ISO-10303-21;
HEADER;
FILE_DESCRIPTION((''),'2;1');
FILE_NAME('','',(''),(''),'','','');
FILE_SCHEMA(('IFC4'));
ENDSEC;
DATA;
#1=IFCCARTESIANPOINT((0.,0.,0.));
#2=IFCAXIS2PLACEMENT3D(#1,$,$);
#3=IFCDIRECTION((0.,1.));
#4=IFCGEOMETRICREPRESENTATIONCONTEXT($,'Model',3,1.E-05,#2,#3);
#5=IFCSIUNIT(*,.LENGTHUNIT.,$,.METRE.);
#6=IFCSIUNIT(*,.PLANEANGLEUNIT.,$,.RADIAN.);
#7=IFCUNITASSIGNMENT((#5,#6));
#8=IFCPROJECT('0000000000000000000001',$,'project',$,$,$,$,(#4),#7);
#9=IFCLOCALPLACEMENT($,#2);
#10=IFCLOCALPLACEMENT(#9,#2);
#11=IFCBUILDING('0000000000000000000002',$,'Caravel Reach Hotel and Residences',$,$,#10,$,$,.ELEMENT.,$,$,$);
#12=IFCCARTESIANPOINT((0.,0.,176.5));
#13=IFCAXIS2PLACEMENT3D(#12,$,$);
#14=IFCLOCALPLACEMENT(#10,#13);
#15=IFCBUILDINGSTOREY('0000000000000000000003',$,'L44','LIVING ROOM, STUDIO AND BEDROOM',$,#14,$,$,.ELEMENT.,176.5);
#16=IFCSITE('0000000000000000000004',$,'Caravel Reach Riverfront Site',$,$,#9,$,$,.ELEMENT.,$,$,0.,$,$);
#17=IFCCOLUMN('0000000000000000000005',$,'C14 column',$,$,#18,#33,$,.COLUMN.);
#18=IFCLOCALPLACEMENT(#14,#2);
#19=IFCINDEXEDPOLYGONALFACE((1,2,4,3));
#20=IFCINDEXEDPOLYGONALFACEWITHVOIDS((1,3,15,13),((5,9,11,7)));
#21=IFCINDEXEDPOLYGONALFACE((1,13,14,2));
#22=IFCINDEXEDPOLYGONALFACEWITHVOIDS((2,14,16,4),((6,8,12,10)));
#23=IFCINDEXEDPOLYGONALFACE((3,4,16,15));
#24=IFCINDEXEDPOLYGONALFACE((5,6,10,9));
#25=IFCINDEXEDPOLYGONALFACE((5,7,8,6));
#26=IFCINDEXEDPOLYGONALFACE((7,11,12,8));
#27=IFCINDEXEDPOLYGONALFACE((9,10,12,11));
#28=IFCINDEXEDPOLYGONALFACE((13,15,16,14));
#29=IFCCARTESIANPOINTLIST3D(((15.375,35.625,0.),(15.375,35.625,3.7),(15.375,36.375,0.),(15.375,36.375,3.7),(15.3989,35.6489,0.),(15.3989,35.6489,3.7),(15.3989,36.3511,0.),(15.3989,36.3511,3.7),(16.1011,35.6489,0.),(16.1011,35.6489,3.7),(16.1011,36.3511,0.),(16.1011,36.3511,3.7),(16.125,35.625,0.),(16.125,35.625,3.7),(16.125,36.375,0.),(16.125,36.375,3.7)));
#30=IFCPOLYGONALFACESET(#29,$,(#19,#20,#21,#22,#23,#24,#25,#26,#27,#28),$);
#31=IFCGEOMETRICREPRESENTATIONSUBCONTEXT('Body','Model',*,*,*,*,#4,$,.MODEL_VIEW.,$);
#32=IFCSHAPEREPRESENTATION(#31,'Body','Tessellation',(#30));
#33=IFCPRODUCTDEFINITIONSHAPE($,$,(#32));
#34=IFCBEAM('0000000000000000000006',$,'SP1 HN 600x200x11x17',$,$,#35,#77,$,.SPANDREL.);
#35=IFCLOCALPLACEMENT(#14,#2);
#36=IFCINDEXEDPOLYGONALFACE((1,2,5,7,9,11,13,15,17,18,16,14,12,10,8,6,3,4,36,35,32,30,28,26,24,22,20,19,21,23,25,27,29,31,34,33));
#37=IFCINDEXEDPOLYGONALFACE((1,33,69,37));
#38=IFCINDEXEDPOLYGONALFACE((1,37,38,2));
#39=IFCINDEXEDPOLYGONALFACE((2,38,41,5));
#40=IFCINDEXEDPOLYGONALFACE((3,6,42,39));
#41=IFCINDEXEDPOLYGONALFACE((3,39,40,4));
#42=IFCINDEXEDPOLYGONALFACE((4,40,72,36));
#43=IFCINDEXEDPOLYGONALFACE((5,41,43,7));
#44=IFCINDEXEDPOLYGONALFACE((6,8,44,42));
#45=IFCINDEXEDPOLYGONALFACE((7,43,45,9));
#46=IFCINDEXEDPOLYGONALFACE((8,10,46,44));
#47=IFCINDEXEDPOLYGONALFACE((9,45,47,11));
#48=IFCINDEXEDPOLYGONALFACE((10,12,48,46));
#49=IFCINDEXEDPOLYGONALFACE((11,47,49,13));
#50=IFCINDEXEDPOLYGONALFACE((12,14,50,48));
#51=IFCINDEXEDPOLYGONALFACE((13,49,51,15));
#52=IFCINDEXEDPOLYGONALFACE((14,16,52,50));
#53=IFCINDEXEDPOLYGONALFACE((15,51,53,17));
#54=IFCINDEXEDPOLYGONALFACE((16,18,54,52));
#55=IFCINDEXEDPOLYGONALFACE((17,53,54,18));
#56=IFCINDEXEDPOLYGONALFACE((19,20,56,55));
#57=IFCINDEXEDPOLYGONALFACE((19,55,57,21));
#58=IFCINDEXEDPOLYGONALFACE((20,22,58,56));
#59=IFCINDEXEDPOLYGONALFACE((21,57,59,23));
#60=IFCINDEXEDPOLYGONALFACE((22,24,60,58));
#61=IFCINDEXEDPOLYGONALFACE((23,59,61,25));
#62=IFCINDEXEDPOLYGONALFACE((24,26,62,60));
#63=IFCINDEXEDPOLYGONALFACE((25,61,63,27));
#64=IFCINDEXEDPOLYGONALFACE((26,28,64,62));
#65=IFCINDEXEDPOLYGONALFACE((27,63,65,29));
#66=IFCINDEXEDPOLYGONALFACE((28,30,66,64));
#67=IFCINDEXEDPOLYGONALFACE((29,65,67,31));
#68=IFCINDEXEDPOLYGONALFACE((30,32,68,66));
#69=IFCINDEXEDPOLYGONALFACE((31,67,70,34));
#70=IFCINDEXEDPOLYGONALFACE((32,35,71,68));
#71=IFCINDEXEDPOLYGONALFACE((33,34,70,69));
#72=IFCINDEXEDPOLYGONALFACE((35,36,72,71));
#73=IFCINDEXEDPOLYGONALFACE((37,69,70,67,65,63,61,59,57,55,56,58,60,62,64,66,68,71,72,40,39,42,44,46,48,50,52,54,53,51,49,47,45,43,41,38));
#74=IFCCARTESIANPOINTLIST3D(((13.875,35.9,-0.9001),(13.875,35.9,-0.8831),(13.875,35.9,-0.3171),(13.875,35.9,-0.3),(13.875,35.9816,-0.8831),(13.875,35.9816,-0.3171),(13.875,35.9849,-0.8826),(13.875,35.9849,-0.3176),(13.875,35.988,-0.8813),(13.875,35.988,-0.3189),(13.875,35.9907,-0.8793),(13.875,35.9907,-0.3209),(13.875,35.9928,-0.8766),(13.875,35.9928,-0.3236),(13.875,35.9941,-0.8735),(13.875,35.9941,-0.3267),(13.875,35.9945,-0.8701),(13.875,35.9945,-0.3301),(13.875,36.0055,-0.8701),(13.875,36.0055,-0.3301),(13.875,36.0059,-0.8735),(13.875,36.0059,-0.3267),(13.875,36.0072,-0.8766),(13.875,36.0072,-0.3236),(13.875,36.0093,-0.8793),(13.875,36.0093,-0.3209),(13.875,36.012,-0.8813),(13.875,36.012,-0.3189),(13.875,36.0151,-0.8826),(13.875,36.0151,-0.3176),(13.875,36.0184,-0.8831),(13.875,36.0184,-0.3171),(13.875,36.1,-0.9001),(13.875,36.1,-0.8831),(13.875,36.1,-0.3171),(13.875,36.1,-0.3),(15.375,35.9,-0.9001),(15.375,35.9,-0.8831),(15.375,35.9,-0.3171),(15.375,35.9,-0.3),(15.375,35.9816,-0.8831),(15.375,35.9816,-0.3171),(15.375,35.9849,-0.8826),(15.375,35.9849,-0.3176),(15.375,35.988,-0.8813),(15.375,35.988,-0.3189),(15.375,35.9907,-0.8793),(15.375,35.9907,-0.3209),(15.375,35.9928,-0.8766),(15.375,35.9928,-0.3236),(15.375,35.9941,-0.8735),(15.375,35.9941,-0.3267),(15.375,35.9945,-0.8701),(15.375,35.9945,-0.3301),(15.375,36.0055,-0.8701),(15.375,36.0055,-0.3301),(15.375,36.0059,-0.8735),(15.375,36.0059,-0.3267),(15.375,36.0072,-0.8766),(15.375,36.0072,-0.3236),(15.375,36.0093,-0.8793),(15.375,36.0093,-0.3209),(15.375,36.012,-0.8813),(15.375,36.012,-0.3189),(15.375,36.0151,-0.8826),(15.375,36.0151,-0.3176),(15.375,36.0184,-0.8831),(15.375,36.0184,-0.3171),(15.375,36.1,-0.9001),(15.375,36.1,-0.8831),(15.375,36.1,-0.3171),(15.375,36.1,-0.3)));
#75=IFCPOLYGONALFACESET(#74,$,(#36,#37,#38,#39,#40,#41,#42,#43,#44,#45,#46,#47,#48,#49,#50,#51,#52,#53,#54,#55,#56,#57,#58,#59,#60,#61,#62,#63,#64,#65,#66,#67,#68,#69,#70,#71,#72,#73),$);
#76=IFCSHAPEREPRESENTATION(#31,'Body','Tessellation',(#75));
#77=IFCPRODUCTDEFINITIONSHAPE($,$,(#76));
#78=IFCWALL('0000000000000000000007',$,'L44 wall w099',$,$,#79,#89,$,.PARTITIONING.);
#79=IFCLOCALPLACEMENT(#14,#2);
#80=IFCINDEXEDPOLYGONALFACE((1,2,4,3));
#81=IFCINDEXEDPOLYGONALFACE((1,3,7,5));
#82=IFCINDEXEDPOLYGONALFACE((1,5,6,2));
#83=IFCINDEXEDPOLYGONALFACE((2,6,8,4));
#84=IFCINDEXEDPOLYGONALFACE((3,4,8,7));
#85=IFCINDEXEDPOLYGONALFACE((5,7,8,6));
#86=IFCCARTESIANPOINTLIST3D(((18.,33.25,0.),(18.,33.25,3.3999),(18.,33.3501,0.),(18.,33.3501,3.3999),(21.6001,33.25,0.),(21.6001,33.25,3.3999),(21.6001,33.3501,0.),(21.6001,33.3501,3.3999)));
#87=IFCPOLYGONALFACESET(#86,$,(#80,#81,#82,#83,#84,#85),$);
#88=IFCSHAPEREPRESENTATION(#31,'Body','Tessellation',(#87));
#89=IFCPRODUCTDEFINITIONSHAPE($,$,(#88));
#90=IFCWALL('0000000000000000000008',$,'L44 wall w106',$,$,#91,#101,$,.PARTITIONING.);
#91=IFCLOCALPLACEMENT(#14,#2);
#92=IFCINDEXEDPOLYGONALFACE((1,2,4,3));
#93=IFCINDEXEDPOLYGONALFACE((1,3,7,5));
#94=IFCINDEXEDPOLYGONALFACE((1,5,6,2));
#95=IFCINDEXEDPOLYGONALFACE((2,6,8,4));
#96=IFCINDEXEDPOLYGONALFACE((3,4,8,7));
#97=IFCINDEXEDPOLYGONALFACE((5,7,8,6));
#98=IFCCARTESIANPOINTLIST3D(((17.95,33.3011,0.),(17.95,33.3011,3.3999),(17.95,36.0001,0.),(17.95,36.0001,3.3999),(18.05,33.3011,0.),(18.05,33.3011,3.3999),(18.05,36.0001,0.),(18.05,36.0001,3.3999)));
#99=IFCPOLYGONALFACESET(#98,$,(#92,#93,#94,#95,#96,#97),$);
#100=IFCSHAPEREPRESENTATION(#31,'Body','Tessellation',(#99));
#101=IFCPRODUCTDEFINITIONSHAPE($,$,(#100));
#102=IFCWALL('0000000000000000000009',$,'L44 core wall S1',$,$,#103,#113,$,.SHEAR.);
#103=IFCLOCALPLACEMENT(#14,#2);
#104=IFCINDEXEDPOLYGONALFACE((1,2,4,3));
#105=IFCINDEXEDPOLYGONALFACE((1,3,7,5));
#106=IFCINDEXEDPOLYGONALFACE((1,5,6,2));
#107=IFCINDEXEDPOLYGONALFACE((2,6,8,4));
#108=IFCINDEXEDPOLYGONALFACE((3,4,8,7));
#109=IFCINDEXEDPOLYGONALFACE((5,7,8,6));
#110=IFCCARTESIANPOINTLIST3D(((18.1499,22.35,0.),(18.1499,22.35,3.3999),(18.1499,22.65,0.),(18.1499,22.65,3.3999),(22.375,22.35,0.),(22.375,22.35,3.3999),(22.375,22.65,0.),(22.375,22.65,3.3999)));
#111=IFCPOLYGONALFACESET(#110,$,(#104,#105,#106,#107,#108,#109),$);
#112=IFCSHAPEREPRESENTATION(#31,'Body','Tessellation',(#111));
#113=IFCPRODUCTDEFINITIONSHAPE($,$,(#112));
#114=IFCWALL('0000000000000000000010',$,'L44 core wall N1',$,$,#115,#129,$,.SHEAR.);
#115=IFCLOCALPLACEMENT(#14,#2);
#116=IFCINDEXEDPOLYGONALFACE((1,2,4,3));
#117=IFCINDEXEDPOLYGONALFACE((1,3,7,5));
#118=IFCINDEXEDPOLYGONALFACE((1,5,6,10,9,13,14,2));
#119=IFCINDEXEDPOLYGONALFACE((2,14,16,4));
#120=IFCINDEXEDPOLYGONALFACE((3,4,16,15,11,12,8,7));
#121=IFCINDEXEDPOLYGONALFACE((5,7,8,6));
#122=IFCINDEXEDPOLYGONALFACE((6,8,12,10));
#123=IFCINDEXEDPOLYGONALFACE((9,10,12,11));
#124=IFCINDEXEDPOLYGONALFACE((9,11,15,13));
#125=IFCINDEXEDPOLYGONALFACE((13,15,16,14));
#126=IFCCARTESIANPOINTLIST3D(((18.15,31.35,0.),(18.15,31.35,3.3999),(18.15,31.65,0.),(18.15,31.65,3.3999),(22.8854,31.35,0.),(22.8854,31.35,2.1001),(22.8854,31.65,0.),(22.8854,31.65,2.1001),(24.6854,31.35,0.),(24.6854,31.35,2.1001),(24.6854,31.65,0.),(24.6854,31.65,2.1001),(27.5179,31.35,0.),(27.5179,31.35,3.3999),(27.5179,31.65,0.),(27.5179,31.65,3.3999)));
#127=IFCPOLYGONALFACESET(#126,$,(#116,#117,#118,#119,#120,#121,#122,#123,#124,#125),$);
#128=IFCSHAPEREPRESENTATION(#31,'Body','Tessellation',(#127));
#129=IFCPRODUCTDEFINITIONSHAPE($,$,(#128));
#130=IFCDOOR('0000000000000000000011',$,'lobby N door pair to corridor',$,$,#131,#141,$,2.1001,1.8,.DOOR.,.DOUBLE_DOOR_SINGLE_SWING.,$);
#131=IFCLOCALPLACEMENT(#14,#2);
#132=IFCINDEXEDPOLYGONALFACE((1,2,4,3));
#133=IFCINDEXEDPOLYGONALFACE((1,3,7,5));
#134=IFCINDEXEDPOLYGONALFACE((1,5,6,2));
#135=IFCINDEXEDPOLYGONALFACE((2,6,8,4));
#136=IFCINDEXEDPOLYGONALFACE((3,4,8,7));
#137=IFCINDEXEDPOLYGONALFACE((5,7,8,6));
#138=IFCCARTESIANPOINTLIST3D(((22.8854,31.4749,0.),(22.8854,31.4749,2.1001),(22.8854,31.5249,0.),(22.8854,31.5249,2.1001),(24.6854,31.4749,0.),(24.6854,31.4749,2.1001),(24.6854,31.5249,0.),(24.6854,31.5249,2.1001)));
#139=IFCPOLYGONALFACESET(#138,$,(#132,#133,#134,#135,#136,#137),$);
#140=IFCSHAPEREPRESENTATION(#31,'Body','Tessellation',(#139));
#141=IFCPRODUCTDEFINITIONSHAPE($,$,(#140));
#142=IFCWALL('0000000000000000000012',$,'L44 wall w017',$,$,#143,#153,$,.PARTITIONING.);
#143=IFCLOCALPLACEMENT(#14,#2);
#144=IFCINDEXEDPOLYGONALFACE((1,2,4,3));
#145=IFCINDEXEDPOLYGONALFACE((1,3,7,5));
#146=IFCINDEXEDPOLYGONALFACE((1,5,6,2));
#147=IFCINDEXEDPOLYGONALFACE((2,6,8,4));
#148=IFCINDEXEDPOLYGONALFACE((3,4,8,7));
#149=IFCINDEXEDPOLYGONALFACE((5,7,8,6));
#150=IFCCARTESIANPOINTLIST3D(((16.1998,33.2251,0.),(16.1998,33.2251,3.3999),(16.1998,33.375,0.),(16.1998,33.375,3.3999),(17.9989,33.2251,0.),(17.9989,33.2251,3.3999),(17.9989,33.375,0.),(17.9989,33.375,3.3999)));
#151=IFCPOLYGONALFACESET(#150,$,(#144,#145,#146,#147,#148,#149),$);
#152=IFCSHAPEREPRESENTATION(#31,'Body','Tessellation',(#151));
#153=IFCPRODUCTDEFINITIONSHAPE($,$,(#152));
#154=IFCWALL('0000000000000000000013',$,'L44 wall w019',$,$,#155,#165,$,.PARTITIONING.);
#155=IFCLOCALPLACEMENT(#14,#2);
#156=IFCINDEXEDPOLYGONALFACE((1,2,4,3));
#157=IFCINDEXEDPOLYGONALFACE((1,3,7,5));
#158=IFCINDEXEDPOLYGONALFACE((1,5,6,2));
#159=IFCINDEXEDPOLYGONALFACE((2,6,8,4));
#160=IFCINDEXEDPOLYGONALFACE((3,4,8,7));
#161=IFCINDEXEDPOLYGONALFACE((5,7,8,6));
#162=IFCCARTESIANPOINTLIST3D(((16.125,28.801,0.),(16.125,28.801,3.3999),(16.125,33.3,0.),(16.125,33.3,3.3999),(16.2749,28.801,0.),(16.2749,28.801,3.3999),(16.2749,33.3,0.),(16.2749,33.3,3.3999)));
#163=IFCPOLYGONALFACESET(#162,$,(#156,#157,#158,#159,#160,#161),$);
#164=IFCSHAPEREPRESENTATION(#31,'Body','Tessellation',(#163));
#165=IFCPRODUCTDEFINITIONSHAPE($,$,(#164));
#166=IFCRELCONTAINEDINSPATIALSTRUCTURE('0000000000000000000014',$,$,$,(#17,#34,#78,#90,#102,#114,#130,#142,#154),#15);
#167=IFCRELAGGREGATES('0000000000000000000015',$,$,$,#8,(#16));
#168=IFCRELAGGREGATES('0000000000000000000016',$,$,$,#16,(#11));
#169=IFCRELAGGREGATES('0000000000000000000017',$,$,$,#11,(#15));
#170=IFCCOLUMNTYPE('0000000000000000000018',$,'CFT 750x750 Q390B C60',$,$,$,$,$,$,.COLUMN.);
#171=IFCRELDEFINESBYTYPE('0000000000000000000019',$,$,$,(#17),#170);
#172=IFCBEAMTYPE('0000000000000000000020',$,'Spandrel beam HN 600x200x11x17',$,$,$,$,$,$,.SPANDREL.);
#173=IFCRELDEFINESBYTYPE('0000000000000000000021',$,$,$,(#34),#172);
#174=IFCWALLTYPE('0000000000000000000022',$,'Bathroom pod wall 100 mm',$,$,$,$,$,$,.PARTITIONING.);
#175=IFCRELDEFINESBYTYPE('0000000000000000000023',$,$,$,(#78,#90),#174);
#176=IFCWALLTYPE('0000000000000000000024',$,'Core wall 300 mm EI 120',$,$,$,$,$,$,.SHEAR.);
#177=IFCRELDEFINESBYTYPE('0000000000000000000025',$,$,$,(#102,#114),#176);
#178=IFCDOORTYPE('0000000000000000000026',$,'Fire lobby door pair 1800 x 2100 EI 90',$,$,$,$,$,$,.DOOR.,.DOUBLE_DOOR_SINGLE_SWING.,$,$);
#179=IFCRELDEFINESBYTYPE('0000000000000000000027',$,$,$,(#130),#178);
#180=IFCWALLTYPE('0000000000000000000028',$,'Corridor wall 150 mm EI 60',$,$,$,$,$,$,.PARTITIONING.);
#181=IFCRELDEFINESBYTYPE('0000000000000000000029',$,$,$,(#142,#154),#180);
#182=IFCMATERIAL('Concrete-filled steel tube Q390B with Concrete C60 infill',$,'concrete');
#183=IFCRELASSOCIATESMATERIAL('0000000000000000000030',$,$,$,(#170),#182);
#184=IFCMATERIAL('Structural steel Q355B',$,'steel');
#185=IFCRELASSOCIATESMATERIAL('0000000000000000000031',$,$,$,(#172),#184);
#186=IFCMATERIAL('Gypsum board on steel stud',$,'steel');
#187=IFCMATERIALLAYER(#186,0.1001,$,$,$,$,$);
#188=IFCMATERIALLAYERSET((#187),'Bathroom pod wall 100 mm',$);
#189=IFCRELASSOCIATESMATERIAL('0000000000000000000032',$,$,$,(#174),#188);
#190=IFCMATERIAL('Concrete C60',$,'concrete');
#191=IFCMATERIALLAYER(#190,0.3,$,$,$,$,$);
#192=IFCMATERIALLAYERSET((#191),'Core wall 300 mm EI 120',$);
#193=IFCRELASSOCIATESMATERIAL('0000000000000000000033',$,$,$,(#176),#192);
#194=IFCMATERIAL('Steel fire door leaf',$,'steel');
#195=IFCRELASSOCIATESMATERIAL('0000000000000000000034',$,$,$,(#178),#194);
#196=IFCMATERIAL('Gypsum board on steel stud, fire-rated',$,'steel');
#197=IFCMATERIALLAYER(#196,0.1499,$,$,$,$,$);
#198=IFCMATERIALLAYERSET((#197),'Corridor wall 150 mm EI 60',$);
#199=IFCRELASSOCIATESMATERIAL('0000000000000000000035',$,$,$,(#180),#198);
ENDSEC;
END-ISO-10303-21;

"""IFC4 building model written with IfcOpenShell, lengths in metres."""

from ifc_helpers import new_model, si_unit, direction, frame, frame_2d, origin, origin_2d, place, context, subcontext, project, spatial, rectangle, hollow_rectangle, i_section, extrude, material, layer, layer_set, material_profile, profile_set, type_object, element, fill, save


model = new_model("IFC4")

# Units and contexts
model_context = context("Model", 3, precision=1e-05, world=origin(), true_north=direction((0.0, 1.0)))
body_context = subcontext(model_context, "Body", "Model", "MODEL_VIEW")
ifc_project = project(units=[si_unit("LENGTHUNIT", "METRE"), si_unit("PLANEANGLEUNIT", "RADIAN")], contexts=[model_context])

# Site, building, storey
site_placement = place(None, origin())
site = spatial("IfcSite", under=ifc_project, at=site_placement, Name="Caravel Reach Riverfront Site", CompositionType="ELEMENT", RefElevation=0.0)
building_placement = place(site_placement, origin())
building = spatial("IfcBuilding", under=site, at=building_placement, Name="Caravel Reach Hotel and Residences", CompositionType="ELEMENT")
storey_placement = place(building_placement, frame((0.0, 0.0, 176.5)))
storey = spatial("IfcBuildingStorey", under=building, at=storey_placement, Name="L44", Description="LIVING ROOM, STUDIO AND BEDROOM", CompositionType="ELEMENT", Elevation=176.5)

# Column
ifc_material_1 = material(Name="Concrete-filled steel tube Q390B with Concrete C60 infill", Category="concrete")
ifc_material_profile_1 = material_profile(ifc_material_1, hollow_rectangle(XDim=0.75, YDim=0.75, WallThickness=0.0239, at=origin_2d()), Name="RHS 750x750x24")
ifc_profile_set_1 = profile_set([ifc_material_profile_1], Name="Concrete-filled steel tube Q390B with Concrete C60 infill")
column_type = type_object("IfcColumnType", Name="CFT 750x750 Q390B C60", PredefinedType="COLUMN", material=ifc_profile_set_1)
column_placement = place(storey_placement, frame((15.75, 36.0, 0.0), z_axis=(0.0, 0.0, 1.0), x_axis=(1.0, 0.0, 0.0)))
element("IfcColumn", 1, at=column_placement, inside=storey, type_object=column_type, Name="C14 column", PredefinedType="COLUMN", context=body_context, shape_type="SweptSolid", body=[
    extrude(hollow_rectangle(XDim=0.75, YDim=0.75, WallThickness=0.0239, at=origin_2d()), origin(), (0.0, 0.0, 1.0), 3.7),
])

# Beam
ifc_material_2 = material(Name="Structural steel Q355B", Category="steel")
ifc_material_profile_2 = material_profile(ifc_material_2, i_section(OverallWidth=0.2, OverallDepth=0.6001, WebThickness=0.011, FlangeThickness=0.0171, FilletRadius=0.0129, at=origin_2d()), Name="HN 600x200x11x17")
ifc_profile_set_2 = profile_set([ifc_material_profile_2], Name="Structural steel Q355B")
beam_type = type_object("IfcBeamType", Name="Spandrel beam HN 600x200x11x17", PredefinedType="SPANDREL", material=ifc_profile_set_2)
beam_placement = place(storey_placement, frame((15.375, 36.0, -0.6001), z_axis=(-1.0, 0.0, 0.0), x_axis=(0.0, -1.0, 0.0)))
element("IfcBeam", 2, at=beam_placement, inside=storey, type_object=beam_type, Name="SP1 HN 600x200x11x17", PredefinedType="SPANDREL", context=body_context, shape_type="SweptSolid", body=[
    extrude(i_section(OverallWidth=0.2, OverallDepth=0.6001, WebThickness=0.011, FlangeThickness=0.0171, FilletRadius=0.0129, at=origin_2d()), origin(), (0.0, 0.0, 1.0), 1.5),
])

# Walls
ifc_material_3 = material(Name="Gypsum board on steel stud", Category="steel")
ifc_layer_1 = layer(ifc_material_3, 0.1001)
ifc_layer_set_1 = layer_set([ifc_layer_1], Name="Bathroom pod wall 100 mm")
wall_type_1 = type_object("IfcWallType", Name="Bathroom pod wall 100 mm", PredefinedType="PARTITIONING", material=ifc_layer_set_1)
wall_1_placement = place(storey_placement, frame((18.0, 33.3, 0.0), z_axis=(0.0, 0.0, 1.0), x_axis=(1.0, 0.0, 0.0)))
element("IfcWall", 3, at=wall_1_placement, inside=storey, type_object=wall_type_1, Name="L44 wall w099", PredefinedType="PARTITIONING", context=body_context, shape_type="SweptSolid", body=[
    extrude(rectangle(XDim=3.6001, YDim=0.1001, at=frame_2d((1.8, 0.0))), origin(), (0.0, 0.0, 1.0), 3.3999),
])
wall_2_placement = place(storey_placement, frame((18.0, 33.301, 0.0), z_axis=(0.0, 0.0, 1.0), x_axis=(0.0, 1.0, 0.0)))
element("IfcWall", 4, at=wall_2_placement, inside=storey, type_object=wall_type_1, Name="L44 wall w106", PredefinedType="PARTITIONING", context=body_context, shape_type="SweptSolid", body=[
    extrude(rectangle(XDim=2.699, YDim=0.1001, at=frame_2d((1.3496, 0.0))), origin(), (0.0, 0.0, 1.0), 3.3999),
])
ifc_material_4 = material(Name="Concrete C60", Category="concrete")
ifc_layer_2 = layer(ifc_material_4, 0.3)
ifc_layer_set_2 = layer_set([ifc_layer_2], Name="Core wall 300 mm EI 120")
wall_type_2 = type_object("IfcWallType", Name="Core wall 300 mm EI 120", PredefinedType="SHEAR", material=ifc_layer_set_2)
wall_3_placement = place(storey_placement, frame((18.1499, 22.5, 0.0), z_axis=(0.0, 0.0, 1.0), x_axis=(1.0, 0.0, 0.0)))
element("IfcWall", 5, at=wall_3_placement, inside=storey, type_object=wall_type_2, Name="L44 core wall S1", PredefinedType="SHEAR", context=body_context, shape_type="SweptSolid", body=[
    extrude(rectangle(XDim=4.2251, YDim=0.3, at=frame_2d((2.1125, 0.0))), origin(), (0.0, 0.0, 1.0), 3.3999),
])

# Wall, opening, door
wall_4_placement = place(storey_placement, frame((18.1499, 31.5, 0.0), z_axis=(0.0, 0.0, 1.0), x_axis=(1.0, 0.0, 0.0)))
wall_4 = element("IfcWall", 6, at=wall_4_placement, inside=storey, type_object=wall_type_2, Name="L44 core wall N1", PredefinedType="SHEAR", context=body_context, shape_type="SweptSolid", body=[
    extrude(rectangle(XDim=9.3679, YDim=0.3, at=frame_2d((4.6841, 0.0))), origin(), (0.0, 0.0, 1.0), 3.3999),
])
opening_placement = place(wall_4_placement, frame((4.7356, 0.0, 0.0)))
opening = element("IfcOpeningElement", 7, at=opening_placement, cuts=wall_4, PredefinedType="OPENING", context=body_context, shape_type="SweptSolid", body=[
    extrude(rectangle(XDim=1.8, YDim=2.1001, at=frame_2d((0.8999, 1.05))), frame((0.0, 0.1599, 0.0), z_axis=(0.0, -1.0, 0.0), x_axis=(1.0, 0.0, 0.0)), (0.0, 0.0, 1.0), 0.3201),
])
ifc_material_5 = material(Name="Steel fire door leaf", Category="steel")
door_type = type_object("IfcDoorType", Name="Fire lobby door pair 1800 x 2100 EI 90", OperationType="DOUBLE_DOOR_SINGLE_SWING", PredefinedType="DOOR", material=ifc_material_5)
door_placement = place(opening_placement, origin())
door = element("IfcDoor", 8, at=door_placement, inside=storey, type_object=door_type, Name="lobby N door pair to corridor", OperationType="DOUBLE_DOOR_SINGLE_SWING", OverallHeight=2.1001, OverallWidth=1.8, PredefinedType="DOOR", context=body_context, shape_type="SweptSolid", body=[
    extrude(rectangle(XDim=1.8, YDim=2.1001, at=frame_2d((0.8999, 1.05))), frame((0.0, 0.0249, 0.0), z_axis=(0.0, -1.0, 0.0), x_axis=(1.0, 0.0, 0.0)), (0.0, 0.0, 1.0), 0.05),
])
fill(opening, door)

# Walls
ifc_material_6 = material(Name="Gypsum board on steel stud, fire-rated", Category="steel")
ifc_layer_3 = layer(ifc_material_6, 0.1499)
ifc_layer_set_3 = layer_set([ifc_layer_3], Name="Corridor wall 150 mm EI 60")
wall_type_3 = type_object("IfcWallType", Name="Corridor wall 150 mm EI 60", PredefinedType="PARTITIONING", material=ifc_layer_set_3)
wall_5_placement = place(storey_placement, frame((16.2, 33.3, 0.0), z_axis=(0.0, 0.0, 1.0), x_axis=(1.0, 0.0, 0.0)))
element("IfcWall", 9, at=wall_5_placement, inside=storey, type_object=wall_type_3, Name="L44 wall w017", PredefinedType="PARTITIONING", context=body_context, shape_type="SweptSolid", body=[
    extrude(rectangle(XDim=1.7991, YDim=0.1499, at=frame_2d((0.8994, 0.0))), origin(), (0.0, 0.0, 1.0), 3.3999),
])
wall_6_placement = place(storey_placement, frame((16.2, 28.801, 0.0), z_axis=(0.0, 0.0, 1.0), x_axis=(0.0, 1.0, 0.0)))
element("IfcWall", 10, at=wall_6_placement, inside=storey, type_object=wall_type_3, Name="L44 wall w019", PredefinedType="PARTITIONING", context=body_context, shape_type="SweptSolid", body=[
    extrude(rectangle(XDim=4.499, YDim=0.1499, at=frame_2d((2.2495, 0.0))), origin(), (0.0, 0.0, 1.0), 3.3999),
])

save(model, "model.ifc")
